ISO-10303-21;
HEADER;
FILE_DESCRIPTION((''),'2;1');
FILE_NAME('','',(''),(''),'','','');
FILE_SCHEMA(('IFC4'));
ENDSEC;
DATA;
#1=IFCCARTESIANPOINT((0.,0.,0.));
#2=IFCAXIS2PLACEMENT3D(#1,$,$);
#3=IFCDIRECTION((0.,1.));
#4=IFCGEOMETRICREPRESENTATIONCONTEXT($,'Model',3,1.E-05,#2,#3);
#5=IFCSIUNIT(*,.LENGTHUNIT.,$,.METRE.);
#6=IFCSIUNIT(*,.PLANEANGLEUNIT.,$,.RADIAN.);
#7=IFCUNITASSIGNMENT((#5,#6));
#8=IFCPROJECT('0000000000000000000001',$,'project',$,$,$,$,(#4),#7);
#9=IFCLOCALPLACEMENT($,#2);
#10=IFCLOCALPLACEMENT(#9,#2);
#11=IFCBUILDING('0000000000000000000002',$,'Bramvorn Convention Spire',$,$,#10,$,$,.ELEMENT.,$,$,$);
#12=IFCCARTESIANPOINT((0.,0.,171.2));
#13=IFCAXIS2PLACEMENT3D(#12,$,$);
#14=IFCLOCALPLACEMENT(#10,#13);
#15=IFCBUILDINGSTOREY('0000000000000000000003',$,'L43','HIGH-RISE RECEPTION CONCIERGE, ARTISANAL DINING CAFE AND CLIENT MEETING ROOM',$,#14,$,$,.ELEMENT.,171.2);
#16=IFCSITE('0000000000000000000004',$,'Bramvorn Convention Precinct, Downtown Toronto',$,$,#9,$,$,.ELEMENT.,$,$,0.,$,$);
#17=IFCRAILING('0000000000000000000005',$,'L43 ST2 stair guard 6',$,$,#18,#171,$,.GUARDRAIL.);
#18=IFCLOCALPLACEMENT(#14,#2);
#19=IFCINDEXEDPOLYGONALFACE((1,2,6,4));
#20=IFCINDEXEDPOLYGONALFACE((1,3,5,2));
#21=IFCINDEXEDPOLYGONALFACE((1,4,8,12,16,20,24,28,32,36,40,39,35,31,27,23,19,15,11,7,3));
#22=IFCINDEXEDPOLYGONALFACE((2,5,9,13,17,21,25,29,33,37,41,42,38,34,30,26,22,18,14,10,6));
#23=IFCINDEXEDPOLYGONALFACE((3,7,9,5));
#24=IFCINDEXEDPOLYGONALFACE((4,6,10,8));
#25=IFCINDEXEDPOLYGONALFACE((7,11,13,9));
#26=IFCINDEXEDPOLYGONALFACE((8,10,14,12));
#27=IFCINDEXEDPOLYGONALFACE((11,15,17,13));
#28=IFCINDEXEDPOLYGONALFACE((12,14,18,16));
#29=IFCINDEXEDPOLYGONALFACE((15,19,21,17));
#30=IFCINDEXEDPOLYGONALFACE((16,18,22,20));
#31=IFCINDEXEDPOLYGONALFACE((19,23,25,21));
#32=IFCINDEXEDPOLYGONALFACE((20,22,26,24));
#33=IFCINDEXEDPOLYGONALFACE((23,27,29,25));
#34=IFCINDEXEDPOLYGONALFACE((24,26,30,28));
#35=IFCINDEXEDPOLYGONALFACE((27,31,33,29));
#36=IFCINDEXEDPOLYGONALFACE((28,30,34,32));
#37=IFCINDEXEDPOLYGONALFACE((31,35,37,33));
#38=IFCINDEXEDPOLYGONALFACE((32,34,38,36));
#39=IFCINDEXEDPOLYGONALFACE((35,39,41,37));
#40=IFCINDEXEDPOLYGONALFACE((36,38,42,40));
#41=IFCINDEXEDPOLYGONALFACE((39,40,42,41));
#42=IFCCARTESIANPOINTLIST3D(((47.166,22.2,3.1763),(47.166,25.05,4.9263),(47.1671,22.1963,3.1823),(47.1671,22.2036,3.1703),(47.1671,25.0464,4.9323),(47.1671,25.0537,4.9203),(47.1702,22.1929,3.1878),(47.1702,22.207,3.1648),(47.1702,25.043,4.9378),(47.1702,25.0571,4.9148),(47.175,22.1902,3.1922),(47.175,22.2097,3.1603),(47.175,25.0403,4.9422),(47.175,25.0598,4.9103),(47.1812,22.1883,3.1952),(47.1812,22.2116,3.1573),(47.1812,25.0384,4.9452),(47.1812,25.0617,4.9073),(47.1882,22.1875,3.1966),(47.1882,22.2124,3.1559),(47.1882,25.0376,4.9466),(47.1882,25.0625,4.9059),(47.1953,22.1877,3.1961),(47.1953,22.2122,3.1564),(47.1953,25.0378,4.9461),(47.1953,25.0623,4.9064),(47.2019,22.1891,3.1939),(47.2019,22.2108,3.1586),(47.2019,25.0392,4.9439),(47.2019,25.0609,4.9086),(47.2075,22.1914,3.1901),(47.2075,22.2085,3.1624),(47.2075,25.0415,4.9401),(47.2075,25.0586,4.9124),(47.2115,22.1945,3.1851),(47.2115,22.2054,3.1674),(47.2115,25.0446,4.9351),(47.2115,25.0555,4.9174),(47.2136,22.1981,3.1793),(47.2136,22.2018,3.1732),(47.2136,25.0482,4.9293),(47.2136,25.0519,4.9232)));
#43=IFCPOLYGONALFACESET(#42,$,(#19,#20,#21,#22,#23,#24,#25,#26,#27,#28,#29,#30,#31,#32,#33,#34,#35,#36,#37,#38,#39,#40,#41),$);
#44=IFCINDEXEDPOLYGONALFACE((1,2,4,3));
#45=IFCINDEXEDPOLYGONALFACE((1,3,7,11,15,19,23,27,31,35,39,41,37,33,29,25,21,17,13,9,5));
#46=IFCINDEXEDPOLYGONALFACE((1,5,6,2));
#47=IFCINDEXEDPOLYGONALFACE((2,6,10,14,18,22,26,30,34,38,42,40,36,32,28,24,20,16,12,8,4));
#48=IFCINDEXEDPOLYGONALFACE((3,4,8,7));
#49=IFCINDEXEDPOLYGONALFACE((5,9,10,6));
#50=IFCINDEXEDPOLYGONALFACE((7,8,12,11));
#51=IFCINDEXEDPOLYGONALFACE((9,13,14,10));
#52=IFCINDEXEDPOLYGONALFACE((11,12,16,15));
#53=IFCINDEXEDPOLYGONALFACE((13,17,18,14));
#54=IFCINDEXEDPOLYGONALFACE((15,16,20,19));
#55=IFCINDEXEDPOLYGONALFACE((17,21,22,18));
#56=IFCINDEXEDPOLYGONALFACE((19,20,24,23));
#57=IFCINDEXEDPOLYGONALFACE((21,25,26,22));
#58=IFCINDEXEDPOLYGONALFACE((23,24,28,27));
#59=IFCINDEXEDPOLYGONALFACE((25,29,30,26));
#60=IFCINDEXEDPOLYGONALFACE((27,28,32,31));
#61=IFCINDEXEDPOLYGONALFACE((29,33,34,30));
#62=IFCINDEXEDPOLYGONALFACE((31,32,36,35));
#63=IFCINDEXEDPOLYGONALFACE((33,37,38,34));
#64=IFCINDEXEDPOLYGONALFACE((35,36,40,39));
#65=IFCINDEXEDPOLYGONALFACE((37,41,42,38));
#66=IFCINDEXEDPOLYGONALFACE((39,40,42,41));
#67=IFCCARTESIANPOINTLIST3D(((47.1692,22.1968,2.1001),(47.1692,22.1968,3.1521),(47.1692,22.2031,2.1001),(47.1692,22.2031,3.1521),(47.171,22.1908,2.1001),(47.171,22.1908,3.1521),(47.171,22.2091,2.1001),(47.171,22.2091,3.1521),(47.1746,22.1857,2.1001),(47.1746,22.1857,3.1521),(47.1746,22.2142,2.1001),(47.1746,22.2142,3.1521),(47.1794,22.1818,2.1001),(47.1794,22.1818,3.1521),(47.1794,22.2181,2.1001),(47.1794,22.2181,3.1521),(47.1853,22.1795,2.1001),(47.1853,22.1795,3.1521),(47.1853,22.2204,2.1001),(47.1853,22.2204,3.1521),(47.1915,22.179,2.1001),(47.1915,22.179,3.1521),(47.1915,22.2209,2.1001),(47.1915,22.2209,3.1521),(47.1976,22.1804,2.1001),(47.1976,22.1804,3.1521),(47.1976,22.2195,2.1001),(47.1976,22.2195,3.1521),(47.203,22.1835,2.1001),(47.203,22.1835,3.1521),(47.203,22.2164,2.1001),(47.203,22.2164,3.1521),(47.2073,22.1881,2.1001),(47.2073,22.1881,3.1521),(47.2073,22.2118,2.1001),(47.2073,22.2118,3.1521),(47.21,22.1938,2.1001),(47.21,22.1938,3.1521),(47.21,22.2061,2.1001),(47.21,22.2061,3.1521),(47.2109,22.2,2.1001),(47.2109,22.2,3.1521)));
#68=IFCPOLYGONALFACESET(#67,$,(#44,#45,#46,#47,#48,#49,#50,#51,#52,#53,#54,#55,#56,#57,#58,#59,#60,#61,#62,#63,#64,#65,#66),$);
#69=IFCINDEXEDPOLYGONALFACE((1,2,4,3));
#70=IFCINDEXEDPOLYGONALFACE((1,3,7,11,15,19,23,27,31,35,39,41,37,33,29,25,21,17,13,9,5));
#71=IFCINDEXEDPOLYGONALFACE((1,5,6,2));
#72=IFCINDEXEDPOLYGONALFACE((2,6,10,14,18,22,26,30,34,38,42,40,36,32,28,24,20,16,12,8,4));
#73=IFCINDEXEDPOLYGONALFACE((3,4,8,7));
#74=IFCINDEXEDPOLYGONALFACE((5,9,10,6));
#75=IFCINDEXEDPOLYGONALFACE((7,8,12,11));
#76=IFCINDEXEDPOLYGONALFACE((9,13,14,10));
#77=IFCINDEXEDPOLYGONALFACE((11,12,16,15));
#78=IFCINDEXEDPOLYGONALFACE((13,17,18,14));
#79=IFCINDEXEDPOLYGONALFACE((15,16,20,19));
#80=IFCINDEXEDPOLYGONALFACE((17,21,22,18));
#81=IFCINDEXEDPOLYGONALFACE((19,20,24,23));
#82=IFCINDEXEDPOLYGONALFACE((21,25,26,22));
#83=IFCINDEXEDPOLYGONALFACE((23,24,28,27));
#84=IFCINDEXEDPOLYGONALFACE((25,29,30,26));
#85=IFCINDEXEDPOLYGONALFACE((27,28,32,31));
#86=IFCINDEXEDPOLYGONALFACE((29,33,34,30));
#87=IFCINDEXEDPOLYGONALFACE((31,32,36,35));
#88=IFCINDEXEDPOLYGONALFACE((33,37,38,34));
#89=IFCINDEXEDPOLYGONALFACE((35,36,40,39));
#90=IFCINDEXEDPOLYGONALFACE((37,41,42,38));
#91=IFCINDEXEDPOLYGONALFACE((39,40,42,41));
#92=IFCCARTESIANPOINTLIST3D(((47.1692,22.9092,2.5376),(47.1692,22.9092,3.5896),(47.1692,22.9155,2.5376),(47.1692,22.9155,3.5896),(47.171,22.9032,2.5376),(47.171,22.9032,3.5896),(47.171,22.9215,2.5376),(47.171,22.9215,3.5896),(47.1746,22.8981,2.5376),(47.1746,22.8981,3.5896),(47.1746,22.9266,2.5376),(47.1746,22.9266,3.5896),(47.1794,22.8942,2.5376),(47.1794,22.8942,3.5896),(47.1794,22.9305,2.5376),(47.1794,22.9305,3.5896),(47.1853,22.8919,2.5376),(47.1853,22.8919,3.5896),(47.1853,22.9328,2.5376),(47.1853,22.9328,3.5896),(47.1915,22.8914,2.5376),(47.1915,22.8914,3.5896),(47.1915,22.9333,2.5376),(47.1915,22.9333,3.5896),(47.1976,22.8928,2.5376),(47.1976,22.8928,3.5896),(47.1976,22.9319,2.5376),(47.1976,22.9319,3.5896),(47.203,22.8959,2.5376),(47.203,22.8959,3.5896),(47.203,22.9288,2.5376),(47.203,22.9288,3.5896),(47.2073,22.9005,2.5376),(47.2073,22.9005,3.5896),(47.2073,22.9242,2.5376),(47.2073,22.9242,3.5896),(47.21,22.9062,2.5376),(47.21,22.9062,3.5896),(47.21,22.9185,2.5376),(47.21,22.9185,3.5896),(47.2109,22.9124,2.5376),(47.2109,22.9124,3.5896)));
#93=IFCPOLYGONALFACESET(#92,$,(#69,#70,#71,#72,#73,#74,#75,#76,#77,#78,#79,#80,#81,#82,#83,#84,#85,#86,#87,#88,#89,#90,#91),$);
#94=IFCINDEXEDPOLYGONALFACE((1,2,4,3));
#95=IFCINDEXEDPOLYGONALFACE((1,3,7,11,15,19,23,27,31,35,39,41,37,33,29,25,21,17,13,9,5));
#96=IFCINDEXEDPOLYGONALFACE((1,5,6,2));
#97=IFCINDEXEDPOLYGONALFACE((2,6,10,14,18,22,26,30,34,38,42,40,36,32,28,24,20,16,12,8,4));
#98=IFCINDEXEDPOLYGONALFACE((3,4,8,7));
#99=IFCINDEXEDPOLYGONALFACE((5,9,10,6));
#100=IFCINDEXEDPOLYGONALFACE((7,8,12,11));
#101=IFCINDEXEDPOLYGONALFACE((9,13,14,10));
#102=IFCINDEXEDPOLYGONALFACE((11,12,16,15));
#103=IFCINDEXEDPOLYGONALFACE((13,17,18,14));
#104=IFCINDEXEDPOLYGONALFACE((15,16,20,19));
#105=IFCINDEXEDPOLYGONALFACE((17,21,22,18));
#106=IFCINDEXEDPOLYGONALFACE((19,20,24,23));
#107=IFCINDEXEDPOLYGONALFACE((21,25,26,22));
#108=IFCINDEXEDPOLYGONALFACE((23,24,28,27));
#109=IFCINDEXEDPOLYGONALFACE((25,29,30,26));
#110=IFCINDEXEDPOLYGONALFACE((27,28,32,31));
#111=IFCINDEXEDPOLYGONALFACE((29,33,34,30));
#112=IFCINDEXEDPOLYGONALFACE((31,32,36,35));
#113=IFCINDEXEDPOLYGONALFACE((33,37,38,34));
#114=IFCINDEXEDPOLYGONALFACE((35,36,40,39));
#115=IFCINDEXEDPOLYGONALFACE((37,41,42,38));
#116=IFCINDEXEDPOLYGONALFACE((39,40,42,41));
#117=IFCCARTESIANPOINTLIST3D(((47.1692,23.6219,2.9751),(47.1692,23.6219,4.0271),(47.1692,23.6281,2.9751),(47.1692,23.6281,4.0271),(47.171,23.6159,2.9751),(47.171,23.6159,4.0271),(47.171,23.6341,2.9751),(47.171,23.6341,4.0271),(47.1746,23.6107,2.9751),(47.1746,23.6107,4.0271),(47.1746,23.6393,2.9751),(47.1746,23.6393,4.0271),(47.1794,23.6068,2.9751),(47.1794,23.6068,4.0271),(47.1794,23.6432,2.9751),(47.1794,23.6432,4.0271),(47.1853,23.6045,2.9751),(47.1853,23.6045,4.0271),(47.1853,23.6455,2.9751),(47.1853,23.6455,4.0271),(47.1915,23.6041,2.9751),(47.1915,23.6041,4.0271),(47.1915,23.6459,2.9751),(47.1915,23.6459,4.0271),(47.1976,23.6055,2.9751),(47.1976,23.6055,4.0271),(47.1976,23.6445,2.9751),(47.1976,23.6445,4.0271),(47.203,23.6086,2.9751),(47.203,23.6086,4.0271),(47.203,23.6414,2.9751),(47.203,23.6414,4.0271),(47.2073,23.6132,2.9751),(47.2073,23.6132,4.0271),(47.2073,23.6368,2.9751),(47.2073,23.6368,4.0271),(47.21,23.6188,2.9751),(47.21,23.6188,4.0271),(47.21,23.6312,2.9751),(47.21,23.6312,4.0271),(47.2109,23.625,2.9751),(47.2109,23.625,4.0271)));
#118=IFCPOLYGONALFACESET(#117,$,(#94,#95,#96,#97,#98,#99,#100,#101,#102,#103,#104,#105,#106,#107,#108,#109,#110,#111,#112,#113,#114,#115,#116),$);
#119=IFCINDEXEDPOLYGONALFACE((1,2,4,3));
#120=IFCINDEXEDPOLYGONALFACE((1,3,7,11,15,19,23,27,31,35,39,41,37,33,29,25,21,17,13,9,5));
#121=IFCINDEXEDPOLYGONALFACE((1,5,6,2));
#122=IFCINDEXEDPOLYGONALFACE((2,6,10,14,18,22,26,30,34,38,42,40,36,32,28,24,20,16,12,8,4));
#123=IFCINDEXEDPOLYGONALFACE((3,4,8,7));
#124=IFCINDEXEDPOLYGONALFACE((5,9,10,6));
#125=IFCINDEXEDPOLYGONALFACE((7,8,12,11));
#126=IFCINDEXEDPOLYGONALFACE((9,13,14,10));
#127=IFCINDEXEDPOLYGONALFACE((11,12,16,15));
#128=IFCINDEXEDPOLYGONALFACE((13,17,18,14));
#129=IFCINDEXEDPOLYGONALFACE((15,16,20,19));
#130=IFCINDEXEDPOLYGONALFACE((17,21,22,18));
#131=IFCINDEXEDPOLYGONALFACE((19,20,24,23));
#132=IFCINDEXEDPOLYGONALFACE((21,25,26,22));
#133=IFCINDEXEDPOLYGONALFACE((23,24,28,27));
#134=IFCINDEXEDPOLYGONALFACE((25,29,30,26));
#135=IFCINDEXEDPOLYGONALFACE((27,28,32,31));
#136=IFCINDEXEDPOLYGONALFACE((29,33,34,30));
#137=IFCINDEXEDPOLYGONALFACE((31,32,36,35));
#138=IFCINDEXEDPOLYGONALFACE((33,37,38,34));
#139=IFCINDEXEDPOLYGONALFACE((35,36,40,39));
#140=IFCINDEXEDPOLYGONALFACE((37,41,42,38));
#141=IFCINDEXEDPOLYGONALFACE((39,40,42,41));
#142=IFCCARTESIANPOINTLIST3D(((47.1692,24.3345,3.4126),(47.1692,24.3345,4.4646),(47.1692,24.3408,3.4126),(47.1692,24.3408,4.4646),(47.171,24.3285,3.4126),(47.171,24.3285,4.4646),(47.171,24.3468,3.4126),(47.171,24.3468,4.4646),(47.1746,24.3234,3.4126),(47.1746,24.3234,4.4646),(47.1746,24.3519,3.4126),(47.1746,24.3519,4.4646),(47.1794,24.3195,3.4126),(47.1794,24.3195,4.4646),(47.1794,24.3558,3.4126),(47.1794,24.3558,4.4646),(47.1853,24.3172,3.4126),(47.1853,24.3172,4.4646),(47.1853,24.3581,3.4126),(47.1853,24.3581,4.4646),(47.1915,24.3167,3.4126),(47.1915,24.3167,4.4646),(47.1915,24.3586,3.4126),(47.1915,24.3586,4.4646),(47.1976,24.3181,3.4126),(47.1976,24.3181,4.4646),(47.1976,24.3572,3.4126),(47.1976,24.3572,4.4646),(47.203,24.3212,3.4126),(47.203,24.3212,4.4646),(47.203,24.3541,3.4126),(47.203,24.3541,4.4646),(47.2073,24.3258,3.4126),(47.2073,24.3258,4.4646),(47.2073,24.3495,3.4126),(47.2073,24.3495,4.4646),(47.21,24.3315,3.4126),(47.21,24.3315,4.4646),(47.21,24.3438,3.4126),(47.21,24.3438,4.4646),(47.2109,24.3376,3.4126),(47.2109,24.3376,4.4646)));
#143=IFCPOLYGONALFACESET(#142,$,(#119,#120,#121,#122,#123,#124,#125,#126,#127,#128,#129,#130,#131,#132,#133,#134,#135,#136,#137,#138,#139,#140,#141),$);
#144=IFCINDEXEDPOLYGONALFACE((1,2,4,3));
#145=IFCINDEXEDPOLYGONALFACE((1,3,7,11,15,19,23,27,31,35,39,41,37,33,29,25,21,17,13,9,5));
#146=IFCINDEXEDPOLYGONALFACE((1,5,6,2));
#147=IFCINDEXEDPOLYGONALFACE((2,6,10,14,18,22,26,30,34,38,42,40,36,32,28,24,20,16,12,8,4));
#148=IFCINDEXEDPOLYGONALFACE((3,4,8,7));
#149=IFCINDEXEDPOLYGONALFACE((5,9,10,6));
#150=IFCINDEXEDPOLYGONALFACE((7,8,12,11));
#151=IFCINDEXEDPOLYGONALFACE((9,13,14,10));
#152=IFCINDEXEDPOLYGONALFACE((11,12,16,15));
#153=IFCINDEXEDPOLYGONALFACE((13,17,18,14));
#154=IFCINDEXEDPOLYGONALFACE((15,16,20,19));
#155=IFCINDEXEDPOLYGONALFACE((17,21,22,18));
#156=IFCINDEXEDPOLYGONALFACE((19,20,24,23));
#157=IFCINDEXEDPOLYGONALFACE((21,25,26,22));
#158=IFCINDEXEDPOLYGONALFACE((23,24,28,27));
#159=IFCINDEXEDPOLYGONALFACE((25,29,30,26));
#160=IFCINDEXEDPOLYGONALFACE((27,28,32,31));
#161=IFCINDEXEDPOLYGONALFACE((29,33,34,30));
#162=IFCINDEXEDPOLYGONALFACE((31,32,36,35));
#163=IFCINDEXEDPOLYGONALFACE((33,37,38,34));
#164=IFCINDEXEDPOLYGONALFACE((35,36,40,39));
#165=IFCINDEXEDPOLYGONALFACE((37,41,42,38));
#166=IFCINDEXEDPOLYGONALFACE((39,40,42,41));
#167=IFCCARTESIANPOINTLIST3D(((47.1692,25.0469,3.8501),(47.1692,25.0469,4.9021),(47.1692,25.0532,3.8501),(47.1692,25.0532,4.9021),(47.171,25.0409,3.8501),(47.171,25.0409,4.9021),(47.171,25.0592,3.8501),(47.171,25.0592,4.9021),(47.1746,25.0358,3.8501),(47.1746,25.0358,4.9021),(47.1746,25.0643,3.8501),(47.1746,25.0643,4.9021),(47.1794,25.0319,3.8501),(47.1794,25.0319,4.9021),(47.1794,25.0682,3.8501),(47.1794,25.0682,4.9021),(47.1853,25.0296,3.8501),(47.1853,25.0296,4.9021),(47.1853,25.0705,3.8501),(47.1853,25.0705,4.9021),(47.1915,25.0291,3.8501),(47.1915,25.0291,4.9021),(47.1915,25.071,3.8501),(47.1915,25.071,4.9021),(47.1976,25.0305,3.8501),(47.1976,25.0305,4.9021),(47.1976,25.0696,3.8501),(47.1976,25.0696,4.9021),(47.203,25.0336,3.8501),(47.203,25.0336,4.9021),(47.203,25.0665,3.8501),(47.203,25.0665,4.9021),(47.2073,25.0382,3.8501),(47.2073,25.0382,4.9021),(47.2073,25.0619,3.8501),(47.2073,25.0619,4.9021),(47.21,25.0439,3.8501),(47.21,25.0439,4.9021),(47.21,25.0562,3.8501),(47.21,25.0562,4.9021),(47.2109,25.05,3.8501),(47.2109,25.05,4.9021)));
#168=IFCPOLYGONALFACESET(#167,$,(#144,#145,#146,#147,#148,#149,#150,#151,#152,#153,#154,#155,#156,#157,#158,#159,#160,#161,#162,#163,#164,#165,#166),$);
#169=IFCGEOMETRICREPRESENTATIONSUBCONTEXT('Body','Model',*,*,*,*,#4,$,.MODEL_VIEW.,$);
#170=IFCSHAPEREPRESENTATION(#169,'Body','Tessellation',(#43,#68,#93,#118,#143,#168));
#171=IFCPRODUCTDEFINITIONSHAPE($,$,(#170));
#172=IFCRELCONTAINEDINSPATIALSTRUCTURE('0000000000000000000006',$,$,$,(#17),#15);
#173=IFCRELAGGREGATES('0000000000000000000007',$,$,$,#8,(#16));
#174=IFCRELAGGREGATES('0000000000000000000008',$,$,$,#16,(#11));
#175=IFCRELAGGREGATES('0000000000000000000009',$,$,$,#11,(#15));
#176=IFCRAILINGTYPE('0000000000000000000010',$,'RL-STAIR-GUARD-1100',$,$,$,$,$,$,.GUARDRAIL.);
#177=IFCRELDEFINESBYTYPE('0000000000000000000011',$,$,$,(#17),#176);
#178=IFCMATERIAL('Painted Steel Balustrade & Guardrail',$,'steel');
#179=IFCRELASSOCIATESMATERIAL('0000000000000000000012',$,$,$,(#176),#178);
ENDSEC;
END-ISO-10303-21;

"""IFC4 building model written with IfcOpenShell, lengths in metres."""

from ifc_helpers import new_model, si_unit, direction, frame, origin, origin_2d, place, context, subcontext, project, spatial, circle, extrude, material, type_object, element, save


model = new_model("IFC4")

# Units and contexts
model_context = context("Model", 3, precision=1e-05, world=origin(), true_north=direction((0.0, 1.0)))
body_context = subcontext(model_context, "Body", "Model", "MODEL_VIEW")
ifc_project = project(units=[si_unit("LENGTHUNIT", "METRE"), si_unit("PLANEANGLEUNIT", "RADIAN")], contexts=[model_context])

# Site, building, storey
site_placement = place(None, origin())
site = spatial("IfcSite", under=ifc_project, at=site_placement, Name="Bramvorn Convention Precinct, Downtown Toronto", CompositionType="ELEMENT", RefElevation=0.0)
building_placement = place(site_placement, origin())
building = spatial("IfcBuilding", under=site, at=building_placement, Name="Bramvorn Convention Spire", CompositionType="ELEMENT")
storey_placement = place(building_placement, frame((0.0, 0.0, 171.2)))
storey = spatial("IfcBuildingStorey", under=building, at=storey_placement, Name="L43", Description="HIGH-RISE RECEPTION CONCIERGE, ARTISANAL DINING CAFE AND CLIENT MEETING ROOM", CompositionType="ELEMENT", Elevation=171.2)

# Railing
ifc_material_1 = material(Name="Painted Steel Balustrade & Guardrail", Category="steel")
railing_type_1 = type_object("IfcRailingType", Name="RL-STAIR-GUARD-1100", PredefinedType="GUARDRAIL", material=ifc_material_1)
railing_1_placement = place(storey_placement, frame((47.1899, 22.2, 2.1001)))
element("IfcRailing", 1, at=railing_1_placement, inside=storey, type_object=railing_type_1, Name="L43 ST2 stair guard 6", PredefinedType="GUARDRAIL", context=body_context, shape_type="SweptSolid", body=[
    extrude(circle(Radius=0.0239, at=origin_2d()), frame((0.0, 0.0, 1.0762), z_axis=(0.0, 0.852179, 0.52325), x_axis=(-1.0, 0.0, 0.0)), (0.0, 0.0, 1.0), 3.3445),
    extrude(circle(Radius=0.021, at=origin_2d()), origin(), (0.0, 0.0, 1.0), 1.052),
    extrude(circle(Radius=0.021, at=origin_2d()), frame((0.0, 0.7124, 0.4375)), (0.0, 0.0, 1.0), 1.052),
    extrude(circle(Radius=0.021, at=origin_2d()), frame((0.0, 1.425, 0.875)), (0.0, 0.0, 1.0), 1.052),
    extrude(circle(Radius=0.021, at=origin_2d()), frame((0.0, 2.1377, 1.3125)), (0.0, 0.0, 1.0), 1.052),
    extrude(circle(Radius=0.021, at=origin_2d()), frame((0.0, 2.8501, 1.75)), (0.0, 0.0, 1.0), 1.052),
])

save(model, "model.ifc")
